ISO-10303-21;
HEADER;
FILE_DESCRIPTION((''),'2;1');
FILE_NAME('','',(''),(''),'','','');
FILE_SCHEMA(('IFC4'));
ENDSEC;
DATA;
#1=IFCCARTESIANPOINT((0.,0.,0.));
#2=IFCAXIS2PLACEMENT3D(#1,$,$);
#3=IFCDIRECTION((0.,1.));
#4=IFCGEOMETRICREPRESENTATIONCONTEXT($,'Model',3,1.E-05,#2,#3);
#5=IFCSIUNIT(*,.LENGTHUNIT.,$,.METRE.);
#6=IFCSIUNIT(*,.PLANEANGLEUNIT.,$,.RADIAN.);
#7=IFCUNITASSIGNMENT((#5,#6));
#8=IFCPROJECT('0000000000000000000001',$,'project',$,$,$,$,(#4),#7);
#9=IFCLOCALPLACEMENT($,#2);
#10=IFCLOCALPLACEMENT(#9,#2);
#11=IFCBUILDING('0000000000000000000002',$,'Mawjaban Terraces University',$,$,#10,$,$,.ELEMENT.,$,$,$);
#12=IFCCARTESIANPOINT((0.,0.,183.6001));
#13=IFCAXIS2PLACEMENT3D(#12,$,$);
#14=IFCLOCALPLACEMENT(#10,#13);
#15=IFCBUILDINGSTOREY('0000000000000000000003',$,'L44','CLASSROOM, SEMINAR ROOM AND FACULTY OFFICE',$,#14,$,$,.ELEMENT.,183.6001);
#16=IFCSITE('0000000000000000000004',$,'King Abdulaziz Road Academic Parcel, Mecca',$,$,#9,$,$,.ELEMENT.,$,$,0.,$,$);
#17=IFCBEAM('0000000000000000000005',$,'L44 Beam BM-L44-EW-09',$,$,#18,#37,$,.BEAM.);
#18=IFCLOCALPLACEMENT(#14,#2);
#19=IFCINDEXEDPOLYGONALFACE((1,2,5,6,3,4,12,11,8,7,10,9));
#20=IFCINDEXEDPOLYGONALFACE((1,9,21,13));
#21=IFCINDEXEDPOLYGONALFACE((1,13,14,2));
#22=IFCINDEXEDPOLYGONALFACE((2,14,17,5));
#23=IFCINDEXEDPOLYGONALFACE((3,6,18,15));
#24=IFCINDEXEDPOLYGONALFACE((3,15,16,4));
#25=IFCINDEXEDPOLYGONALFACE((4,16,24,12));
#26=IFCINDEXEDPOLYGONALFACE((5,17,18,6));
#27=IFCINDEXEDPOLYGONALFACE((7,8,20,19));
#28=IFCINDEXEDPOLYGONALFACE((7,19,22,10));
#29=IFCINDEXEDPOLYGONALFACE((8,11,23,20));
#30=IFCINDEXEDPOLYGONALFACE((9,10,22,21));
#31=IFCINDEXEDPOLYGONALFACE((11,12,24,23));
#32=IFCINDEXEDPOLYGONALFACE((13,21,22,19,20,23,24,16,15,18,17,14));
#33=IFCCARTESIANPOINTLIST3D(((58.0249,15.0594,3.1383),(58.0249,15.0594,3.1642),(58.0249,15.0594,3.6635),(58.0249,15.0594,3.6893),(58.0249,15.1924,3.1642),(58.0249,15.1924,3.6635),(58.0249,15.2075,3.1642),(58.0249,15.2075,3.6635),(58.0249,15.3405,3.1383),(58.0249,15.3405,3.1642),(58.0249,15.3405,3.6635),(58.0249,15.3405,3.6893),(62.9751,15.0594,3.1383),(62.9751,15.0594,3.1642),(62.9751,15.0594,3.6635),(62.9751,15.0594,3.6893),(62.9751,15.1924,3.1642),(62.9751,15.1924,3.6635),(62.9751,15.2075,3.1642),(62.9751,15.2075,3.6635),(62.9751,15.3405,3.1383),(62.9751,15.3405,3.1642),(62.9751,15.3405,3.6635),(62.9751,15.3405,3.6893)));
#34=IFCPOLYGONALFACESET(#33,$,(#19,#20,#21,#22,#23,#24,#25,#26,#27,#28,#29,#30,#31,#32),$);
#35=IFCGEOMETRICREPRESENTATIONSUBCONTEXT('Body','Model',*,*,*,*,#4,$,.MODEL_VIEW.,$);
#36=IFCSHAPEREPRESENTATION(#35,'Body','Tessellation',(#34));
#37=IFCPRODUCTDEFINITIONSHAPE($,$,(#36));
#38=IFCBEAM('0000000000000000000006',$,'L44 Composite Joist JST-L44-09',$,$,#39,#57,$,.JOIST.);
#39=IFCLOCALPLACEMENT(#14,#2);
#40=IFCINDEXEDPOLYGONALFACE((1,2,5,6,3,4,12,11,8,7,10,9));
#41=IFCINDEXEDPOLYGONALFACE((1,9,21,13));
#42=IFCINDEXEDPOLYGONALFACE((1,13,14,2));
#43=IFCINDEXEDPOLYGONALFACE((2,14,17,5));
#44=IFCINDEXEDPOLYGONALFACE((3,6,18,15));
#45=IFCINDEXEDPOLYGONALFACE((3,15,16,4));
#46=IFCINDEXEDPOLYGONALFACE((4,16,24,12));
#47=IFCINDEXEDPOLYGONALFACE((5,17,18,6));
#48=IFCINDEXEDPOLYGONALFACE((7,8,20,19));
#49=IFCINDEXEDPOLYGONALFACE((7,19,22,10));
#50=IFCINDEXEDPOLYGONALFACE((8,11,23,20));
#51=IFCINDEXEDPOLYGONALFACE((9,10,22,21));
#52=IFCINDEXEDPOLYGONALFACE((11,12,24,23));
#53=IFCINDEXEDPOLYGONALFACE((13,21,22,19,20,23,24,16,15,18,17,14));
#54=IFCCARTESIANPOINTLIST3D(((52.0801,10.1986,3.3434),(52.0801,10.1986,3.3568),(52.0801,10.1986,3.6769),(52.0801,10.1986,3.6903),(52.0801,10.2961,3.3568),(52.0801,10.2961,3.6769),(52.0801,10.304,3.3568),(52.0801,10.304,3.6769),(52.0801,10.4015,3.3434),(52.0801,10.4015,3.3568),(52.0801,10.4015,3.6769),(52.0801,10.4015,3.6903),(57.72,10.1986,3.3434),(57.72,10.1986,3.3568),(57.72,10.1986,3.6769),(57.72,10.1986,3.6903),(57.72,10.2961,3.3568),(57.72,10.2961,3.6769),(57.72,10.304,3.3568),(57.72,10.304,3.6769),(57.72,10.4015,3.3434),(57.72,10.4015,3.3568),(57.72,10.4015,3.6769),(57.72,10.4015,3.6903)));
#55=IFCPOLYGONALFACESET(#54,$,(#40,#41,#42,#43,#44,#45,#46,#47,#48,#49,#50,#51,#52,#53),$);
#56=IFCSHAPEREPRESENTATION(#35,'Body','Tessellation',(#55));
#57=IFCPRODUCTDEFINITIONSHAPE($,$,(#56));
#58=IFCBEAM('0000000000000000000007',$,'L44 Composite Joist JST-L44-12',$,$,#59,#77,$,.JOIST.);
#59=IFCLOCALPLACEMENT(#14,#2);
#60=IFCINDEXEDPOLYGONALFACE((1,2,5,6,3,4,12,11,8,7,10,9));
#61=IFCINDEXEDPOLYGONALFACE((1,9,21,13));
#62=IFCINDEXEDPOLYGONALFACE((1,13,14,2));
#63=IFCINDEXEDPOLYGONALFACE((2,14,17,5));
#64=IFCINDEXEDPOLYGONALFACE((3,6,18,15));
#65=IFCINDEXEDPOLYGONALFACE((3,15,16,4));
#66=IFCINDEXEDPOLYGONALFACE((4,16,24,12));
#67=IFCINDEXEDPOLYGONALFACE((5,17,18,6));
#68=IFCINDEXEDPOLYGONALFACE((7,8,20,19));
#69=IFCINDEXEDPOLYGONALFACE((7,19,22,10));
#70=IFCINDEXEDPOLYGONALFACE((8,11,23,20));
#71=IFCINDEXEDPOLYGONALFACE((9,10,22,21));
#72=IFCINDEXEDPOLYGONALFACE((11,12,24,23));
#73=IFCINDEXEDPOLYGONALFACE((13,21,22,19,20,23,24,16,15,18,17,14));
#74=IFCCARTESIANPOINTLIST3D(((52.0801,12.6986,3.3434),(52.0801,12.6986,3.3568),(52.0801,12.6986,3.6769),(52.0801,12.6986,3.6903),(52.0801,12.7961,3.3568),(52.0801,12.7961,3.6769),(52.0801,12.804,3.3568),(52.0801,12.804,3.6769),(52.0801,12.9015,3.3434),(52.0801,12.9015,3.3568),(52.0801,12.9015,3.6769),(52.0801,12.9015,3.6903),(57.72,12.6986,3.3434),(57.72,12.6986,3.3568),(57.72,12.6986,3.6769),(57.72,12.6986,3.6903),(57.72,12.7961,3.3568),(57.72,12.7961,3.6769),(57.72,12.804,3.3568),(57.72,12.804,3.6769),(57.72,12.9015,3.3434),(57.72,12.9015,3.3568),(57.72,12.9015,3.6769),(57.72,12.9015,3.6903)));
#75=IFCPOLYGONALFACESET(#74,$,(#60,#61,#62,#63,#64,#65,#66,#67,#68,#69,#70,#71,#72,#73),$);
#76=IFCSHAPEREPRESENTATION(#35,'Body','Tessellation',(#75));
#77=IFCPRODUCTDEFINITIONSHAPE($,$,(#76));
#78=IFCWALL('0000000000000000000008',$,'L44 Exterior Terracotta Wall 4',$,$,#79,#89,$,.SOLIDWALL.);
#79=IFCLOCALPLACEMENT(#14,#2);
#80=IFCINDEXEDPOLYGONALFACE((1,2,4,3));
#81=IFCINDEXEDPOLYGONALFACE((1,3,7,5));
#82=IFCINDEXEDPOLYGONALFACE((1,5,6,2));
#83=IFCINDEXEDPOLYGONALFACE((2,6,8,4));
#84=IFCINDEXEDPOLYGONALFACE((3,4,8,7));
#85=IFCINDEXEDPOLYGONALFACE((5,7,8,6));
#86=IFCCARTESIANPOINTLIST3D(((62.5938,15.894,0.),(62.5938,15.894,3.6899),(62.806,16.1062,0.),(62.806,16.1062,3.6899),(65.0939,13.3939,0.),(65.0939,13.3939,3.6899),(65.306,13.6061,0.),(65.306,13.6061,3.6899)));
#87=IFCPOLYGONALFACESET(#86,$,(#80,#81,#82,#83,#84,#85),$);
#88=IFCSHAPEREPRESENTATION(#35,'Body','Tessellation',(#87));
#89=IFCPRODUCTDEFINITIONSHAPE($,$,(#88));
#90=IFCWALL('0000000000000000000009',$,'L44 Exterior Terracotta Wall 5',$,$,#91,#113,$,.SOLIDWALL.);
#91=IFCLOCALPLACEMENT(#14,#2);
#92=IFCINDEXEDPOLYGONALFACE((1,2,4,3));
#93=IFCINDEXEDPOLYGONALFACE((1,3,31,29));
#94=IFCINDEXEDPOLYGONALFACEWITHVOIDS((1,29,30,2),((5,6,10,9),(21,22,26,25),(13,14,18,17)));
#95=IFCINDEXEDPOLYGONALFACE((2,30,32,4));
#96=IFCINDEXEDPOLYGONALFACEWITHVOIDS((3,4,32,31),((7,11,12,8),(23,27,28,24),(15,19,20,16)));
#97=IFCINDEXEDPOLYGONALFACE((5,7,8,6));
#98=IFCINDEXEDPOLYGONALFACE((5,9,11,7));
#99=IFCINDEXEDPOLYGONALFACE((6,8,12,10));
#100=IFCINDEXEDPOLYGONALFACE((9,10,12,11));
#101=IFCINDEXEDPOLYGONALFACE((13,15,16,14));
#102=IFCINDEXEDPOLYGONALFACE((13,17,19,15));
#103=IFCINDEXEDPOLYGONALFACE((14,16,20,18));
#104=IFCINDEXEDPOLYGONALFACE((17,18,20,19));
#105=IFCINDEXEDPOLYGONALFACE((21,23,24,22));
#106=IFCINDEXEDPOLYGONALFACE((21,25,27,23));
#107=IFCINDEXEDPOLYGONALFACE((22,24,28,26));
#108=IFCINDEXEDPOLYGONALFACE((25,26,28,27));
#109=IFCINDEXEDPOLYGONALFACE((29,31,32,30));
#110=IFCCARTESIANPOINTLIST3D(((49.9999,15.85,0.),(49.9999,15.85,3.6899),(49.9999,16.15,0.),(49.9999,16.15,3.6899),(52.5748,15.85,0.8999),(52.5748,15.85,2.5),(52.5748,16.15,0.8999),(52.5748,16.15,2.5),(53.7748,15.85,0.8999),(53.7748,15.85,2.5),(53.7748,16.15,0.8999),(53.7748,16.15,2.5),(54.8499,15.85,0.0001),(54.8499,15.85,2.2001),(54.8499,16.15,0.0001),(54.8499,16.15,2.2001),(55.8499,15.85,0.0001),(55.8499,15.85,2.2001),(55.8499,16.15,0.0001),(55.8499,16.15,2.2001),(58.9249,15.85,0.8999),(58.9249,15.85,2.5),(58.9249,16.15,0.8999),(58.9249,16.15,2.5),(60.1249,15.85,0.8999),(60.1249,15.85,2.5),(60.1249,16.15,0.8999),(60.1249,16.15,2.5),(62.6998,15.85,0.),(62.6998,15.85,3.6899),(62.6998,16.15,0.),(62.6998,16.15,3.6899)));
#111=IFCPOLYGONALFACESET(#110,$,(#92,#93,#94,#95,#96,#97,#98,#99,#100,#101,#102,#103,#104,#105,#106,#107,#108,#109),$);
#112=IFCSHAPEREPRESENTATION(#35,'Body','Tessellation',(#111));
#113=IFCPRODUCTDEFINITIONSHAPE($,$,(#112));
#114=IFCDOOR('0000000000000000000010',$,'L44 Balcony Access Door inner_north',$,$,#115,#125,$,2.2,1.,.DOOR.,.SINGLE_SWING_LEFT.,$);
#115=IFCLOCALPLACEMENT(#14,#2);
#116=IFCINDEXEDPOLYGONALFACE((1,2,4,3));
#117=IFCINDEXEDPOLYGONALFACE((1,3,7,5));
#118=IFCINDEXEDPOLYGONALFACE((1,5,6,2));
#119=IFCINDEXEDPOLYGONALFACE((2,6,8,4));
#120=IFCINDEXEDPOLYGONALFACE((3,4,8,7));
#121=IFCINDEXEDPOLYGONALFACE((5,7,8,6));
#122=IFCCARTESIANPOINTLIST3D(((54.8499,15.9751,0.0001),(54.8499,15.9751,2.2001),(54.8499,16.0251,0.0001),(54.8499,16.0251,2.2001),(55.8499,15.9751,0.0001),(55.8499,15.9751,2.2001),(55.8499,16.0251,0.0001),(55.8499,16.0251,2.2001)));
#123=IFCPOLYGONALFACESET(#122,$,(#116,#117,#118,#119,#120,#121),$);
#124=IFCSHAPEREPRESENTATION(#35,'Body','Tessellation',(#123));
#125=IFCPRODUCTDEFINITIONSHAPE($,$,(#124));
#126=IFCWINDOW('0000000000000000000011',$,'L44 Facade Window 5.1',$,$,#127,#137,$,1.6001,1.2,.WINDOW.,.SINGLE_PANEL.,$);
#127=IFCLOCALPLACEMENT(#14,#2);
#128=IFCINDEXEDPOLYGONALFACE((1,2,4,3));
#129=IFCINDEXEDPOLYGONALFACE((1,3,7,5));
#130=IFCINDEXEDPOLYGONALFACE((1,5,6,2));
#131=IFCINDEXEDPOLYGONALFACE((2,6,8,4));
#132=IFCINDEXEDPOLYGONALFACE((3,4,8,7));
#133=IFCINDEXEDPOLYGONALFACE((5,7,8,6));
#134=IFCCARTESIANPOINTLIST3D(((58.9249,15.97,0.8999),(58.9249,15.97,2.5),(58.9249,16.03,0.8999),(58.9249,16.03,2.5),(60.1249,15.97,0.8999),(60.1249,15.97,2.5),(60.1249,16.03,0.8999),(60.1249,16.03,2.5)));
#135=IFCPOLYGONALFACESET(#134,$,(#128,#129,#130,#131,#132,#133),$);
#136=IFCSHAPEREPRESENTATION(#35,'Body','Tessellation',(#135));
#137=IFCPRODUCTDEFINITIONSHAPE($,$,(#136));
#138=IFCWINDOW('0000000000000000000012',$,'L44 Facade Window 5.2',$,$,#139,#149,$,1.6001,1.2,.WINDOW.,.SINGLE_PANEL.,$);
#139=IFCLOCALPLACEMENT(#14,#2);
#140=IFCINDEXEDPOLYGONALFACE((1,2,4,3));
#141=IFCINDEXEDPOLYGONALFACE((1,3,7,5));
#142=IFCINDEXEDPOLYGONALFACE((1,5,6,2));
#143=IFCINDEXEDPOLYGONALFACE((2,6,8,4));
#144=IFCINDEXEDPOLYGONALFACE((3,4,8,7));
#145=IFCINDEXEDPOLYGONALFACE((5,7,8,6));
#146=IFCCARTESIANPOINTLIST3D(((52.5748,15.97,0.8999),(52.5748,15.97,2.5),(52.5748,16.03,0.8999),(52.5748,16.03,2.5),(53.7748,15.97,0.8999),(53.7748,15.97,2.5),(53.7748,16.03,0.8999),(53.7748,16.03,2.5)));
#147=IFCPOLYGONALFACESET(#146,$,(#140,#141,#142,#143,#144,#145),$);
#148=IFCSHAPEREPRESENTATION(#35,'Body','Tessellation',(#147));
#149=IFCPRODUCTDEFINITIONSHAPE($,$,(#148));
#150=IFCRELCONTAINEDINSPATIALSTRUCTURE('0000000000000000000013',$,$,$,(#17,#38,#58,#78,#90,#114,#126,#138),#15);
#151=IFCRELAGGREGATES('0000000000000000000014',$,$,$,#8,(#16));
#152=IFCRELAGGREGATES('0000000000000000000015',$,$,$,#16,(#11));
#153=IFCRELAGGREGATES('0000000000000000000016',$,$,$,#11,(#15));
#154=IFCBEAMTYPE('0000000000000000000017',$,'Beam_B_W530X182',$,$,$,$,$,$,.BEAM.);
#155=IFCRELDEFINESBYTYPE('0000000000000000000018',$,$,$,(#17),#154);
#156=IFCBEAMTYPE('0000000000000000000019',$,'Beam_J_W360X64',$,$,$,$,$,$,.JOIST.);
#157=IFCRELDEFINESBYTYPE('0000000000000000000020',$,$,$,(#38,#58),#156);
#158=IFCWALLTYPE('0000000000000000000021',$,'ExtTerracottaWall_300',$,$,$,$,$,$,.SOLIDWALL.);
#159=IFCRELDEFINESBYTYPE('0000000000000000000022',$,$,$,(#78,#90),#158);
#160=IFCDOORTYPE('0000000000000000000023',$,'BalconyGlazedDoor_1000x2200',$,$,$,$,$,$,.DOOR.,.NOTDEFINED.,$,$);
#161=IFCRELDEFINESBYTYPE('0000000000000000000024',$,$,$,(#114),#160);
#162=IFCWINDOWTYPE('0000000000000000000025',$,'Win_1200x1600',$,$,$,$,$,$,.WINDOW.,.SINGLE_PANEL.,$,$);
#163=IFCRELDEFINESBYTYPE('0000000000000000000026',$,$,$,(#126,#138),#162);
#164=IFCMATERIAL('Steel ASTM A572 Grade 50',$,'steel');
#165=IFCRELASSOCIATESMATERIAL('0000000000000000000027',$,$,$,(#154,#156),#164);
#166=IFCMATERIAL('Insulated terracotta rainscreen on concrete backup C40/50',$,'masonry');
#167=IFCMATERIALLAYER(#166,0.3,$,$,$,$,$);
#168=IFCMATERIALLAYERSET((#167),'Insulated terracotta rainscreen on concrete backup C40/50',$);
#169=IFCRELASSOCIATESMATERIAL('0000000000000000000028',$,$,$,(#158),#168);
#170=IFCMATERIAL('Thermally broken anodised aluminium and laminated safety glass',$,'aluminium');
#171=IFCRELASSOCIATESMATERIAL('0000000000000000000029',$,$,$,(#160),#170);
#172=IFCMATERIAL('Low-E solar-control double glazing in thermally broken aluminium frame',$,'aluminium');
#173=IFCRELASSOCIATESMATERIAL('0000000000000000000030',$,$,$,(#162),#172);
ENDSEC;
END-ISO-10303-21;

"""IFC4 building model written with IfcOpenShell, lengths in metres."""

from ifc_helpers import new_model, si_unit, direction, frame, frame_2d, origin, origin_2d, place, context, subcontext, project, spatial, rectangle, i_section, extrude, material, layer, layer_set, material_profile, profile_set, type_object, element, fill, save


model = new_model("IFC4")

# Units and contexts
model_context = context("Model", 3, precision=1e-05, world=origin(), true_north=direction((0.0, 1.0)))
body_context = subcontext(model_context, "Body", "Model", "MODEL_VIEW")
ifc_project = project(units=[si_unit("LENGTHUNIT", "METRE"), si_unit("PLANEANGLEUNIT", "RADIAN")], contexts=[model_context])

# Site, building, storey
site_placement = place(None, origin())
site = spatial("IfcSite", under=ifc_project, at=site_placement, Name="King Abdulaziz Road Academic Parcel, Mecca", CompositionType="ELEMENT", RefElevation=0.0)
building_placement = place(site_placement, origin())
building = spatial("IfcBuilding", under=site, at=building_placement, Name="Mawjaban Terraces University", CompositionType="ELEMENT")
storey_placement = place(building_placement, frame((0.0, 0.0, 183.6001)))
storey = spatial("IfcBuildingStorey", under=building, at=storey_placement, Name="L44", Description="CLASSROOM, SEMINAR ROOM AND FACULTY OFFICE", CompositionType="ELEMENT", Elevation=183.6001)

# Beams
ifc_material_1 = material(Name="Steel ASTM A572 Grade 50", Category="steel")
ifc_material_profile_1 = material_profile(ifc_material_1, i_section(OverallWidth=0.281, OverallDepth=0.551, WebThickness=0.0151, FlangeThickness=0.0259, at=origin_2d()), Name="W530X182")
ifc_profile_set_1 = profile_set([ifc_material_profile_1], Name="Steel ASTM A572 Grade 50")
beam_type_1 = type_object("IfcBeamType", Name="Beam_B_W530X182", PredefinedType="BEAM", material=ifc_profile_set_1)
beam_1_placement = place(storey_placement, frame((58.0249, 15.2, 3.4138), z_axis=(1.0, 0.0, 0.0), x_axis=(0.0, 1.0, 0.0)))
element("IfcBeam", 1, at=beam_1_placement, inside=storey, type_object=beam_type_1, Name="L44 Beam BM-L44-EW-09", PredefinedType="BEAM", context=body_context, shape_type="SweptSolid", body=[
    extrude(i_section(OverallWidth=0.281, OverallDepth=0.551, WebThickness=0.0151, FlangeThickness=0.0259, at=origin_2d()), origin(), (0.0, 0.0, 1.0), 4.9502),
])
ifc_material_profile_2 = material_profile(ifc_material_1, i_section(OverallWidth=0.2029, OverallDepth=0.3469, WebThickness=0.0078, FlangeThickness=0.0134, at=origin_2d()), Name="W360X64")
ifc_profile_set_2 = profile_set([ifc_material_profile_2], Name="Steel ASTM A572 Grade 50")
beam_type_2 = type_object("IfcBeamType", Name="Beam_J_W360X64", PredefinedType="JOIST", material=ifc_profile_set_2)
for number, where, z_axis, x_axis, name in (
    (2, (52.0801, 10.3, 3.5168), (1.0, 0.0, 0.0), (0.0, 1.0, 0.0), "L44 Composite Joist JST-L44-09"),
    (3, (52.0801, 12.8, 3.5168), (1.0, 0.0, 0.0), (0.0, 1.0, 0.0), "L44 Composite Joist JST-L44-12"),
):
    element("IfcBeam", number, at=place(storey_placement, frame(where, z_axis=z_axis, x_axis=x_axis)), inside=storey, type_object=beam_type_2, Name=name, PredefinedType="JOIST", context=body_context, shape_type="SweptSolid", body=[
        extrude(i_section(OverallWidth=0.2029, OverallDepth=0.3469, WebThickness=0.0078, FlangeThickness=0.0134, at=origin_2d()), origin(), (0.0, 0.0, 1.0), 5.6399),
    ])

# Wall
ifc_material_2 = material(Name="Insulated terracotta rainscreen on concrete backup C40/50", Category="masonry")
ifc_layer_1 = layer(ifc_material_2, 0.3)
ifc_layer_set_1 = layer_set([ifc_layer_1], Name="Insulated terracotta rainscreen on concrete backup C40/50")
wall_type_1 = type_object("IfcWallType", Name="ExtTerracottaWall_300", PredefinedType="SOLIDWALL", material=ifc_layer_set_1)
wall_1_placement = place(storey_placement, frame((65.2, 13.5, 0.0), z_axis=(0.0, 0.0, 1.0), x_axis=(-0.707107, 0.707107, 0.0)))
element("IfcWall", 4, at=wall_1_placement, inside=storey, type_object=wall_type_1, Name="L44 Exterior Terracotta Wall 4", PredefinedType="SOLIDWALL", context=body_context, shape_type="SweptSolid", body=[
    extrude(rectangle(XDim=3.5356, YDim=0.3, at=frame_2d((1.7678, 0.0))), origin(), (0.0, 0.0, 1.0), 3.6899),
])

# Wall, openings, door, windows
wall_2_placement = place(storey_placement, frame((62.7, 16.0, 0.0), z_axis=(0.0, 0.0, 1.0), x_axis=(-1.0, 0.0, 0.0)))
wall_2 = element("IfcWall", 5, at=wall_2_placement, inside=storey, type_object=wall_type_1, Name="L44 Exterior Terracotta Wall 5", PredefinedType="SOLIDWALL", context=body_context, shape_type="SweptSolid", body=[
    extrude(rectangle(XDim=12.7, YDim=0.3, at=frame_2d((6.3501, 0.0))), origin(), (0.0, 0.0, 1.0), 3.6899),
])
opening_1_placement = place(wall_2_placement, frame((6.8501, 0.0, 0.0)))
opening_1 = element("IfcOpeningElement", 6, at=opening_1_placement, cuts=wall_2, PredefinedType="OPENING", context=body_context, shape_type="SweptSolid", body=[
    extrude(rectangle(XDim=1.0, YDim=2.2, at=frame_2d((0.5, 1.1001))), frame((0.0, 0.1599, 0.0), z_axis=(0.0, -1.0, 0.0), x_axis=(1.0, 0.0, 0.0)), (0.0, 0.0, 1.0), 0.3201),
])
opening_2_placement = place(wall_2_placement, frame((2.575, 0.0, 0.8999)))
opening_2 = element("IfcOpeningElement", 7, at=opening_2_placement, cuts=wall_2, PredefinedType="OPENING", context=body_context, shape_type="SweptSolid", body=[
    extrude(rectangle(XDim=1.2, YDim=1.6001, at=frame_2d((0.6001, 0.8))), frame((0.0, 0.1599, 0.0), z_axis=(0.0, -1.0, 0.0), x_axis=(1.0, 0.0, 0.0)), (0.0, 0.0, 1.0), 0.3201),
])
opening_3_placement = place(wall_2_placement, frame((8.925, 0.0, 0.8999)))
opening_3 = element("IfcOpeningElement", 8, at=opening_3_placement, cuts=wall_2, PredefinedType="OPENING", context=body_context, shape_type="SweptSolid", body=[
    extrude(rectangle(XDim=1.2, YDim=1.6001, at=frame_2d((0.6001, 0.8))), frame((0.0, 0.1599, 0.0), z_axis=(0.0, -1.0, 0.0), x_axis=(1.0, 0.0, 0.0)), (0.0, 0.0, 1.0), 0.3201),
])
ifc_material_3 = material(Name="Thermally broken anodised aluminium and laminated safety glass", Category="aluminium")
door_type = type_object("IfcDoorType", Name="BalconyGlazedDoor_1000x2200", OperationType="NOTDEFINED", PredefinedType="DOOR", material=ifc_material_3)
door_placement = place(opening_1_placement, origin())
door = element("IfcDoor", 9, at=door_placement, inside=storey, type_object=door_type, Name="L44 Balcony Access Door inner_north", OperationType="SINGLE_SWING_LEFT", OverallHeight=2.2, OverallWidth=1.0, PredefinedType="DOOR", context=body_context, shape_type="SweptSolid", body=[
    extrude(rectangle(XDim=1.0, YDim=2.2, at=frame_2d((0.5, 1.1001))), frame((0.0, 0.0249, 0.0), z_axis=(0.0, -1.0, 0.0), x_axis=(1.0, 0.0, 0.0)), (0.0, 0.0, 1.0), 0.05),
])
fill(opening_1, door)
ifc_material_4 = material(Name="Low-E solar-control double glazing in thermally broken aluminium frame", Category="aluminium")
window_type_1 = type_object("IfcWindowType", Name="Win_1200x1600", PartitioningType="SINGLE_PANEL", PredefinedType="WINDOW", material=ifc_material_4)
window_1_placement = place(opening_2_placement, origin())
window_1 = element("IfcWindow", 10, at=window_1_placement, inside=storey, type_object=window_type_1, Name="L44 Facade Window 5.1", OverallHeight=1.6001, OverallWidth=1.2, PartitioningType="SINGLE_PANEL", PredefinedType="WINDOW", context=body_context, shape_type="SweptSolid", body=[
    extrude(rectangle(XDim=1.2, YDim=1.6001, at=frame_2d((0.6001, 0.8))), frame((0.0, 0.03, 0.0), z_axis=(0.0, -1.0, 0.0), x_axis=(1.0, 0.0, 0.0)), (0.0, 0.0, 1.0), 0.0601),
])
fill(opening_2, window_1)
window_2_placement = place(opening_3_placement, origin())
window_2 = element("IfcWindow", 11, at=window_2_placement, inside=storey, type_object=window_type_1, Name="L44 Facade Window 5.2", OverallHeight=1.6001, OverallWidth=1.2, PartitioningType="SINGLE_PANEL", PredefinedType="WINDOW", context=body_context, shape_type="SweptSolid", body=[
    extrude(rectangle(XDim=1.2, YDim=1.6001, at=frame_2d((0.6001, 0.8))), frame((0.0, 0.03, 0.0), z_axis=(0.0, -1.0, 0.0), x_axis=(1.0, 0.0, 0.0)), (0.0, 0.0, 1.0), 0.0601),
])
fill(opening_3, window_2)

save(model, "model.ifc")
